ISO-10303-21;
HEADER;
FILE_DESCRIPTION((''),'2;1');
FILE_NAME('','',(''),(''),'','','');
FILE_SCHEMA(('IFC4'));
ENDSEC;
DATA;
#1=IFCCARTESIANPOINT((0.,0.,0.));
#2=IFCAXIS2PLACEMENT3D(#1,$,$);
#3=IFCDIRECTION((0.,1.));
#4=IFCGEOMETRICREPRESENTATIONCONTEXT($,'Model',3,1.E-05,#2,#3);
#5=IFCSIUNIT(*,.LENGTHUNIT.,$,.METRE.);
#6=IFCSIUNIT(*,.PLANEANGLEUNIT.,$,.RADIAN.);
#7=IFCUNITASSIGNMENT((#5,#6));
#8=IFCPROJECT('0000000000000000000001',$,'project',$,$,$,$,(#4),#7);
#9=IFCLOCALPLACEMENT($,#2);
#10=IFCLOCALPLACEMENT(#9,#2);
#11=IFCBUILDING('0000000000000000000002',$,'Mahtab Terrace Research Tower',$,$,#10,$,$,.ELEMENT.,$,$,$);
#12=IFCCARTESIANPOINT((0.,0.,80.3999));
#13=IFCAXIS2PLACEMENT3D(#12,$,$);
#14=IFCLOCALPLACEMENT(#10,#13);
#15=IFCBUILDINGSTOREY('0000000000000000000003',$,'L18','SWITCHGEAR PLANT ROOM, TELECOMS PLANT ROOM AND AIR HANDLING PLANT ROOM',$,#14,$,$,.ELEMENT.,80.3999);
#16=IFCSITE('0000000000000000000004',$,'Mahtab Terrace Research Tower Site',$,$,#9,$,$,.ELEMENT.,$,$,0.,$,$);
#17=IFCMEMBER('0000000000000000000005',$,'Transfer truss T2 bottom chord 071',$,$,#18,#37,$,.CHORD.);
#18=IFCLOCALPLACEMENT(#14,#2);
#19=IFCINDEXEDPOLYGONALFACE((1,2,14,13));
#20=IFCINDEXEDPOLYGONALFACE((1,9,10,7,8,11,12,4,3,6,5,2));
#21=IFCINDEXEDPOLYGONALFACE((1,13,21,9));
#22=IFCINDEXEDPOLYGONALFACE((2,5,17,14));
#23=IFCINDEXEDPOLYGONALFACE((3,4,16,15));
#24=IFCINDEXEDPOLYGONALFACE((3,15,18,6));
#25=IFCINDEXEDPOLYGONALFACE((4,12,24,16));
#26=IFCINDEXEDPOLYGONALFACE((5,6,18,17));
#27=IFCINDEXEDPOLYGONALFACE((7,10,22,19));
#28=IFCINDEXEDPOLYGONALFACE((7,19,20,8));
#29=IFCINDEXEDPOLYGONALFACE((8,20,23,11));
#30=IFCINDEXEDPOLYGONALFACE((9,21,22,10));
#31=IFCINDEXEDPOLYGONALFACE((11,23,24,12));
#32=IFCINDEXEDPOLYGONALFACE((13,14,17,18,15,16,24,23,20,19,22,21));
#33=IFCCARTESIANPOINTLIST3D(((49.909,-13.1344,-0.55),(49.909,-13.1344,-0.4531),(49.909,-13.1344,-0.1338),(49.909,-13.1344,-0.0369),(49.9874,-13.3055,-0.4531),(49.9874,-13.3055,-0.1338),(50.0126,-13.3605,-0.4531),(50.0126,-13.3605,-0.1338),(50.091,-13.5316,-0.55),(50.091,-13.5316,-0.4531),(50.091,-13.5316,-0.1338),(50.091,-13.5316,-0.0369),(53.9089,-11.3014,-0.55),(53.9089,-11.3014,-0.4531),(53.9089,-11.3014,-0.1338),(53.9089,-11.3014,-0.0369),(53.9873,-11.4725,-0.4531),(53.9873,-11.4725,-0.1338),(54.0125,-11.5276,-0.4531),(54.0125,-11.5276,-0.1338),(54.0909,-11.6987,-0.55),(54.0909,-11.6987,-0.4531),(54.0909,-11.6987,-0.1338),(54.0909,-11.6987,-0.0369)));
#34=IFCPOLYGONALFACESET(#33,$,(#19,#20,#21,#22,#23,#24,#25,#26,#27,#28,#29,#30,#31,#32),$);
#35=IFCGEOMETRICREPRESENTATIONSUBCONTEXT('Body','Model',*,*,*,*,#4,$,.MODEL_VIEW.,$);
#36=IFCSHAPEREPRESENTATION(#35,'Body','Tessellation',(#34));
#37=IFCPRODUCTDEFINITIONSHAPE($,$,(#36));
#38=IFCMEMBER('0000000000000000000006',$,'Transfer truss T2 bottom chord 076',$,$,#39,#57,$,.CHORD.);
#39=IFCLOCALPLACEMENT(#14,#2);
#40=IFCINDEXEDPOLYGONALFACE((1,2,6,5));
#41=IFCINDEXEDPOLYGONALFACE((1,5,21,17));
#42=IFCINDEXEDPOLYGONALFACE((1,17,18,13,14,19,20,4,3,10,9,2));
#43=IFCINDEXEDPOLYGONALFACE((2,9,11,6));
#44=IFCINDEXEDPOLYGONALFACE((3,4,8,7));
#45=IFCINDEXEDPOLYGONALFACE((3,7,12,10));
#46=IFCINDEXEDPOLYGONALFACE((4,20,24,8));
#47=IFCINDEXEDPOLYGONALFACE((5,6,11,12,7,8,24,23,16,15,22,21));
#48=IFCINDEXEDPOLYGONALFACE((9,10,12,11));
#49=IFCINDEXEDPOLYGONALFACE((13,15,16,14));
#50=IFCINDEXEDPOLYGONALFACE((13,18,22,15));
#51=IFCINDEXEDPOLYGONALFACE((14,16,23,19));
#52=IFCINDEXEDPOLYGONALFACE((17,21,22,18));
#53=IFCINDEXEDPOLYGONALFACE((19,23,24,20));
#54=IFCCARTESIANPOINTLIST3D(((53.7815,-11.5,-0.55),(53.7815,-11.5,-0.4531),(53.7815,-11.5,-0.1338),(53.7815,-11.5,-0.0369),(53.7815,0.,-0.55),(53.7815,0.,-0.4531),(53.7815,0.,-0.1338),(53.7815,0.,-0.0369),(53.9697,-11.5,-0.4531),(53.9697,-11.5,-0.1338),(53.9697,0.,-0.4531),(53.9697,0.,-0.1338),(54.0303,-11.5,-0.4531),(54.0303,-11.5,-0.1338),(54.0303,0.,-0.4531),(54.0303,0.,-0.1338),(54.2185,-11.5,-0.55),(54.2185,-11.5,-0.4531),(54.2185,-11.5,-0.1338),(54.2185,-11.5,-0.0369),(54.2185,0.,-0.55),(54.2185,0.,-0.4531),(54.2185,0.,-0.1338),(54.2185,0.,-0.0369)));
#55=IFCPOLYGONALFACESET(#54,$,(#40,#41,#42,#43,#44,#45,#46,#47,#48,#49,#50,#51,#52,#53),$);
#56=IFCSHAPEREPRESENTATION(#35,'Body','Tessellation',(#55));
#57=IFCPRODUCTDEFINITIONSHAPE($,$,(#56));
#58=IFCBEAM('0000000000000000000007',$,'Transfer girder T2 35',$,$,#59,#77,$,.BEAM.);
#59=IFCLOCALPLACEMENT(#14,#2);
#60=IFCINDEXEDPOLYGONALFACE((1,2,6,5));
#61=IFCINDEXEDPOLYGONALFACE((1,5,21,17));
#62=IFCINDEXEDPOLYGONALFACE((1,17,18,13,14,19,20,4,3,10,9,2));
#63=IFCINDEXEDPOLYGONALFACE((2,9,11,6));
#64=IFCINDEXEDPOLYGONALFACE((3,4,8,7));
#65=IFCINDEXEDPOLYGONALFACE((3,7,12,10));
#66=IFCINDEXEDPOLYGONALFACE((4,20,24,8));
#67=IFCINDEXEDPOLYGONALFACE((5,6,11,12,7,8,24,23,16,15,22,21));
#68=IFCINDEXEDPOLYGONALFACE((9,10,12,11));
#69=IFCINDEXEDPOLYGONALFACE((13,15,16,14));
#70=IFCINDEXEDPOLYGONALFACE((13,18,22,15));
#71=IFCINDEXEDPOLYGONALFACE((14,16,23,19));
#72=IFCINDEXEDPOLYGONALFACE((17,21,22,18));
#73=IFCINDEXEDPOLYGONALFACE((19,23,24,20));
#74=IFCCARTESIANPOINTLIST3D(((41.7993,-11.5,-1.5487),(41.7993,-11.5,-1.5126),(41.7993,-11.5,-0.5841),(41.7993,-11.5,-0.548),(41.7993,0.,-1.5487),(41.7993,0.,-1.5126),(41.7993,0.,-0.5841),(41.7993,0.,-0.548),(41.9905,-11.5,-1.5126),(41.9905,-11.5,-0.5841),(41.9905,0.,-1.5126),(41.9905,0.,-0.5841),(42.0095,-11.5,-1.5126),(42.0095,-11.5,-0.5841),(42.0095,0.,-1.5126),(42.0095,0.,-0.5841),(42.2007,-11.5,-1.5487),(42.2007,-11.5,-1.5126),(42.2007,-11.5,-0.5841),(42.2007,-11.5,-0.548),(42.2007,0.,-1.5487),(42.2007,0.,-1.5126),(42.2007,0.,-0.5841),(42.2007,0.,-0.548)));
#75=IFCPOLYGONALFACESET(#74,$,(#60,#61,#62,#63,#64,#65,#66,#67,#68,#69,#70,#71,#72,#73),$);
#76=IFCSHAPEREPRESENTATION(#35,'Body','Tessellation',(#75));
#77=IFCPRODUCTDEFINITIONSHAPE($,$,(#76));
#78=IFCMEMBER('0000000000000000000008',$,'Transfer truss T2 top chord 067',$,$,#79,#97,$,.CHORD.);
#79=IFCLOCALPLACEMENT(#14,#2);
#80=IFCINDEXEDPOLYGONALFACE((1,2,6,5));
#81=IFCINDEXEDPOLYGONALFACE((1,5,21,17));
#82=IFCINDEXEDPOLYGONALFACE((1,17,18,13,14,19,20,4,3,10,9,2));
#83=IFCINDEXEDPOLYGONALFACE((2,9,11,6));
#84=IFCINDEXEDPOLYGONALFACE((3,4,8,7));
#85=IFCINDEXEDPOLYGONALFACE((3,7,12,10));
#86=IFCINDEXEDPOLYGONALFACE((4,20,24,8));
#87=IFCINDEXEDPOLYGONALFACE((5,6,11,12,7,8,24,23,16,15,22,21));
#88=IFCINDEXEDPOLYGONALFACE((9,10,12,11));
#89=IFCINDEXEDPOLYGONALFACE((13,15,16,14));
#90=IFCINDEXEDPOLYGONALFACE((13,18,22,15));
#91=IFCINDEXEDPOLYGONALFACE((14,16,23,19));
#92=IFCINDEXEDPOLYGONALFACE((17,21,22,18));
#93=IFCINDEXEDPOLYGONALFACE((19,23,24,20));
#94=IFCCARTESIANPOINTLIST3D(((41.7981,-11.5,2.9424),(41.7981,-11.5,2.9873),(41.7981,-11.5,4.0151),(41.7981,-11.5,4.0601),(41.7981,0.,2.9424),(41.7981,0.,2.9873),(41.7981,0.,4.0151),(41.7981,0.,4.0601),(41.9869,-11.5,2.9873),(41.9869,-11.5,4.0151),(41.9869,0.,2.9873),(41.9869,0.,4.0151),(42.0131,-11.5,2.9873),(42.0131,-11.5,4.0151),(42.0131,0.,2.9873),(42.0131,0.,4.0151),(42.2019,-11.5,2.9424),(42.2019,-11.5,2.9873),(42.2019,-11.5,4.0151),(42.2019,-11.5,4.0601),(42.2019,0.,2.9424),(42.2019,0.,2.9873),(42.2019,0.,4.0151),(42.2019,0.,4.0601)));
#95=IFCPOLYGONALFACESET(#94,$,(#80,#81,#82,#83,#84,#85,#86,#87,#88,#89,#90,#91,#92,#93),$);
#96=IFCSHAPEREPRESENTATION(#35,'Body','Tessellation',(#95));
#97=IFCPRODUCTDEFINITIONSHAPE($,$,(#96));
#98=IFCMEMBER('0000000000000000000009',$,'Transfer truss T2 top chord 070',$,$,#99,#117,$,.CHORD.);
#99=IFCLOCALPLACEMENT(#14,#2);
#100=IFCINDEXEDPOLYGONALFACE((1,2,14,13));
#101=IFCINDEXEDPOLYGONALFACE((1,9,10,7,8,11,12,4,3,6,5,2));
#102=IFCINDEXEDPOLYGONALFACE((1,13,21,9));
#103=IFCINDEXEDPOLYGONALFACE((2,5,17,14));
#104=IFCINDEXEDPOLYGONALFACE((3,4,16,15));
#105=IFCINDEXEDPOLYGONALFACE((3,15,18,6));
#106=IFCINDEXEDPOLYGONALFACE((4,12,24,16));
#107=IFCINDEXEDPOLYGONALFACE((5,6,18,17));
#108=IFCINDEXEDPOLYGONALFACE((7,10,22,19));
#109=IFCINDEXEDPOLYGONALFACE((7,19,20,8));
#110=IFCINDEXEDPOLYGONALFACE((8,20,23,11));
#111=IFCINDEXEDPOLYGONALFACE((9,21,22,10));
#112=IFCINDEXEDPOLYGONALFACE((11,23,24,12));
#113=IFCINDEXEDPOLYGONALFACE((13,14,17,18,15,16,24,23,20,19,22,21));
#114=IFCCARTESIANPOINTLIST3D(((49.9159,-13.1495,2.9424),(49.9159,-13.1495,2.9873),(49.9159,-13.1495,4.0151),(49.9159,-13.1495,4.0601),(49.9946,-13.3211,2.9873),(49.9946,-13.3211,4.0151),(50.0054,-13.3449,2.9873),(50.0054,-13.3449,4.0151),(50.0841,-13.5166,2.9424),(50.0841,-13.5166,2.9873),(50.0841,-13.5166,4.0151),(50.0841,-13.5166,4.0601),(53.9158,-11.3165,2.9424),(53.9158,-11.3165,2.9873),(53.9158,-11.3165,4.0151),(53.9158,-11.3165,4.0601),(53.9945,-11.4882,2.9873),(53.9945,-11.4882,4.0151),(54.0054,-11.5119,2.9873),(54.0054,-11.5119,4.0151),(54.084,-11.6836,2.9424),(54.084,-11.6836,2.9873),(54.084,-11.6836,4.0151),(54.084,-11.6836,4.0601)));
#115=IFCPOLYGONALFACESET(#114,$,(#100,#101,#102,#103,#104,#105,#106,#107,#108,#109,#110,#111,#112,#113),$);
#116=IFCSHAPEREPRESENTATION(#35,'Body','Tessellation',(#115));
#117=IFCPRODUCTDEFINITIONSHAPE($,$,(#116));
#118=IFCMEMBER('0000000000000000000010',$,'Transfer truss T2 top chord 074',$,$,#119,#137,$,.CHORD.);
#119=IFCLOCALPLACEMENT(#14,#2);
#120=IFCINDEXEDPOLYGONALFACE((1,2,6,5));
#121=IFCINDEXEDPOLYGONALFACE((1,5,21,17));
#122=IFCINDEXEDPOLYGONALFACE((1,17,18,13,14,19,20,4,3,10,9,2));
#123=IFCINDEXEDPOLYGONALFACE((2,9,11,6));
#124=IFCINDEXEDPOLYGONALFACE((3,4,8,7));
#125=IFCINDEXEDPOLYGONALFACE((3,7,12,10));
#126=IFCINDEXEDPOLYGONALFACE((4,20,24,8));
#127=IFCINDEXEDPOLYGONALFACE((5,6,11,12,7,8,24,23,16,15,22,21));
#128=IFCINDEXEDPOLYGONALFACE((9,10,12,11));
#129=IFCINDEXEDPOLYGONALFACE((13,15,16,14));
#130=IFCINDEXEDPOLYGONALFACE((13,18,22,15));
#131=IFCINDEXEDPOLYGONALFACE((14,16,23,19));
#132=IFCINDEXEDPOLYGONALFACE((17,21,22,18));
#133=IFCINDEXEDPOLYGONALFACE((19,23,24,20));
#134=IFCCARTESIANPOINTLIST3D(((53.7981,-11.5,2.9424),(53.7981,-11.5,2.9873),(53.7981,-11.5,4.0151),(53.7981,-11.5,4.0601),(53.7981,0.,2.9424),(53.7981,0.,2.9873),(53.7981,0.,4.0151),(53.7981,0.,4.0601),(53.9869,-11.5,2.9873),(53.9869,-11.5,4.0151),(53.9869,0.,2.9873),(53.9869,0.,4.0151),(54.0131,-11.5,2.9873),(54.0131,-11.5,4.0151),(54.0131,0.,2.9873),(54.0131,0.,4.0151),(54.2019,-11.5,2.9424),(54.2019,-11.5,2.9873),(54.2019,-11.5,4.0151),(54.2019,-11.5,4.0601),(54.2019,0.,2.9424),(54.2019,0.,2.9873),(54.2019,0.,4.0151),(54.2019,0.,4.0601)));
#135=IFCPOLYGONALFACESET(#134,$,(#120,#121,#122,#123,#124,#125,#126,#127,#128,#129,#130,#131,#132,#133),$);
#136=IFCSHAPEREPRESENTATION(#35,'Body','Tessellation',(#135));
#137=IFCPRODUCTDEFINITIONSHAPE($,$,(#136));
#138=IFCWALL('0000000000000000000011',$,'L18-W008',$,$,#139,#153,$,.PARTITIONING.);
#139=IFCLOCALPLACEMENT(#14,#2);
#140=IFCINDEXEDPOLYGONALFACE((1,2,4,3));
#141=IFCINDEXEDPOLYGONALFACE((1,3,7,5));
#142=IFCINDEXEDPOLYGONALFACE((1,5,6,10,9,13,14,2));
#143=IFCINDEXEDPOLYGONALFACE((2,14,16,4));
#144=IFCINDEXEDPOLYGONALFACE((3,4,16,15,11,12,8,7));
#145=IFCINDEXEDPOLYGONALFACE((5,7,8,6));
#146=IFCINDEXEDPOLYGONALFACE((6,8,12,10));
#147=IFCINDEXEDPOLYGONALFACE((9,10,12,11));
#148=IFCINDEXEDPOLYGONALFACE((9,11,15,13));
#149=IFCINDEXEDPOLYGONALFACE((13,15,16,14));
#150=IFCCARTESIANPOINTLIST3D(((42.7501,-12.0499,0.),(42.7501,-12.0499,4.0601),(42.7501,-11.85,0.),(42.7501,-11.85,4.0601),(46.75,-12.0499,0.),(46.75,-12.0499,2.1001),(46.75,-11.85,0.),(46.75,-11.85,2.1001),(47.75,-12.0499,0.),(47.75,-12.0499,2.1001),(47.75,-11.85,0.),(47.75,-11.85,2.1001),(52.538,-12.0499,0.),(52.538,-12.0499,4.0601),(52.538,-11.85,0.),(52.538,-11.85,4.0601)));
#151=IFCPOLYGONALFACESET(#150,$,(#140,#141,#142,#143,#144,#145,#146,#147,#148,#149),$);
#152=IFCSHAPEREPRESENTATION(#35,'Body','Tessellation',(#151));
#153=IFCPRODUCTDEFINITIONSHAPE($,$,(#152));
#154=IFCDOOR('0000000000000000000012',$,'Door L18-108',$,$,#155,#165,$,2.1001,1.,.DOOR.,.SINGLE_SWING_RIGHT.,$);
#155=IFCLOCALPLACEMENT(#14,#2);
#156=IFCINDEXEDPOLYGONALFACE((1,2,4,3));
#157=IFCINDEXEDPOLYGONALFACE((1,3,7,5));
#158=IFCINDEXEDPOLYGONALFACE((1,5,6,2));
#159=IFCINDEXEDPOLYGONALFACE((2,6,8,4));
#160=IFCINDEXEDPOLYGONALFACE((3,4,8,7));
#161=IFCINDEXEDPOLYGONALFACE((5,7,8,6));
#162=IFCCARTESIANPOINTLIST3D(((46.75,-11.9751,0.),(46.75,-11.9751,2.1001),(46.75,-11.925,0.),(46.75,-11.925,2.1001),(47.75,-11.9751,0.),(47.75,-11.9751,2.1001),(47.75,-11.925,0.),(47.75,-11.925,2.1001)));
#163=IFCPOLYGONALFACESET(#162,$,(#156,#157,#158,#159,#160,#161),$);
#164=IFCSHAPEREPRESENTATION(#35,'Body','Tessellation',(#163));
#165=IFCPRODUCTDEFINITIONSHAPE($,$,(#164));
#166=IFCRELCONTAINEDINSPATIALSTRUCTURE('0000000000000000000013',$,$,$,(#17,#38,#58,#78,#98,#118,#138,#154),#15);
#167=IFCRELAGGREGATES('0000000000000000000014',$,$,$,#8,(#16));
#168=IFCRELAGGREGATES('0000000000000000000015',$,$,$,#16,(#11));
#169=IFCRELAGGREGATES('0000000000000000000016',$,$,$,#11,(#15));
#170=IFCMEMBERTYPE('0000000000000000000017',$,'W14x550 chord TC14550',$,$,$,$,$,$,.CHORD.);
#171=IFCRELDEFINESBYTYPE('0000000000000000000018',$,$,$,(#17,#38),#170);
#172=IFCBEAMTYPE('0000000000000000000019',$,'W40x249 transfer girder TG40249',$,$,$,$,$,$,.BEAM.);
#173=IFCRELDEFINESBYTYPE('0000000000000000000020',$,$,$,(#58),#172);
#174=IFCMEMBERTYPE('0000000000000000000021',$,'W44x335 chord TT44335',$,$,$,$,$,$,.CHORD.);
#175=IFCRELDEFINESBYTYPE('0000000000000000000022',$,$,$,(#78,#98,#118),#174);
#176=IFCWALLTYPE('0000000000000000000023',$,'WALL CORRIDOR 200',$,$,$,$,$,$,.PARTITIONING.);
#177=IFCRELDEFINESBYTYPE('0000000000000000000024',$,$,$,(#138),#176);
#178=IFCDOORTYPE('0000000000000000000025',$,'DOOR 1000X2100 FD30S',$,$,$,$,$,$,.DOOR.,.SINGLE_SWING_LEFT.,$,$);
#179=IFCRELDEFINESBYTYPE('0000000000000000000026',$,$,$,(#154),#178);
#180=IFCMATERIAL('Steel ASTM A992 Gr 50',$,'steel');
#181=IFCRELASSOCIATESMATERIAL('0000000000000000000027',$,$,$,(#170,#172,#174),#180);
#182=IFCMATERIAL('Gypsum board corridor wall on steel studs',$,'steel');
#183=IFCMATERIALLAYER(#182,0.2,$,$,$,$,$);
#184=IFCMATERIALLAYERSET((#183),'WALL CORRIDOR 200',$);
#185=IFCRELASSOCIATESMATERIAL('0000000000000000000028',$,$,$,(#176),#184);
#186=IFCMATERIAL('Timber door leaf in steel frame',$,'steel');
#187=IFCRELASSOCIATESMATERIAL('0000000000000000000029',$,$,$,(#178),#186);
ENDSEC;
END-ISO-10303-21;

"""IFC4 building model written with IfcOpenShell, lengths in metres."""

from ifc_helpers import new_model, si_unit, direction, frame, frame_2d, origin, origin_2d, place, context, subcontext, project, spatial, rectangle, i_section, extrude, material, layer, layer_set, material_profile, profile_set, type_object, element, fill, save


model = new_model("IFC4")

# Units and contexts
model_context = context("Model", 3, precision=1e-05, world=origin(), true_north=direction((0.0, 1.0)))
body_context = subcontext(model_context, "Body", "Model", "MODEL_VIEW")
ifc_project = project(units=[si_unit("LENGTHUNIT", "METRE"), si_unit("PLANEANGLEUNIT", "RADIAN")], contexts=[model_context])

# Site, building, storey
site_placement = place(None, origin())
site = spatial("IfcSite", under=ifc_project, at=site_placement, Name="Mahtab Terrace Research Tower Site", CompositionType="ELEMENT", RefElevation=0.0)
building_placement = place(site_placement, origin())
building = spatial("IfcBuilding", under=site, at=building_placement, Name="Mahtab Terrace Research Tower", CompositionType="ELEMENT")
storey_placement = place(building_placement, frame((0.0, 0.0, 80.3999)))
storey = spatial("IfcBuildingStorey", under=building, at=storey_placement, Name="L18", Description="SWITCHGEAR PLANT ROOM, TELECOMS PLANT ROOM AND AIR HANDLING PLANT ROOM", CompositionType="ELEMENT", Elevation=80.3999)

# Shared definitions
ifc_material_1 = material(Name="Steel ASTM A992 Gr 50", Category="steel")

# Members
ifc_material_profile_1 = material_profile(ifc_material_1, i_section(OverallWidth=0.437, OverallDepth=0.5132, WebThickness=0.0605, FlangeThickness=0.0969, at=origin_2d()), Name="W14X550")
ifc_profile_set_1 = profile_set([ifc_material_profile_1], Name="Steel ASTM A992 Gr 50")
member_type_1 = type_object("IfcMemberType", Name="W14x550 chord TC14550", PredefinedType="CHORD", material=ifc_profile_set_1)
member_1_placement = place(storey_placement, frame((50.0, -13.333, -0.2935), z_axis=(0.909093, 0.416594, 0.0), x_axis=(-0.416594, 0.909093, 0.0)))
element("IfcMember", 1, at=member_1_placement, inside=storey, type_object=member_type_1, Name="Transfer truss T2 bottom chord 071", PredefinedType="CHORD", context=body_context, shape_type="SweptSolid", body=[
    extrude(i_section(OverallWidth=0.437, OverallDepth=0.5132, WebThickness=0.0605, FlangeThickness=0.0969, at=origin_2d()), origin(), (0.0, 0.0, 1.0), 4.3999),
])
member_2_placement = place(storey_placement, frame((54.0, -11.5, -0.2935), z_axis=(0.0, 1.0, 0.0), x_axis=(-1.0, 0.0, 0.0)))
element("IfcMember", 2, at=member_2_placement, inside=storey, type_object=member_type_1, Name="Transfer truss T2 bottom chord 076", PredefinedType="CHORD", context=body_context, shape_type="SweptSolid", body=[
    extrude(i_section(OverallWidth=0.437, OverallDepth=0.5132, WebThickness=0.0605, FlangeThickness=0.0969, at=origin_2d()), origin(), (0.0, 0.0, 1.0), 11.5),
])

# Beam
ifc_material_profile_2 = material_profile(ifc_material_1, i_section(OverallWidth=0.4014, OverallDepth=1.0007, WebThickness=0.019, FlangeThickness=0.0361, at=origin_2d()), Name="W40X249")
ifc_profile_set_2 = profile_set([ifc_material_profile_2], Name="Steel ASTM A992 Gr 50")
beam_type = type_object("IfcBeamType", Name="W40x249 transfer girder TG40249", PredefinedType="BEAM", material=ifc_profile_set_2)
beam_placement = place(storey_placement, frame((42.0, -11.5, -1.0483), z_axis=(0.0, 1.0, 0.0), x_axis=(-1.0, 0.0, 0.0)))
element("IfcBeam", 3, at=beam_placement, inside=storey, type_object=beam_type, Name="Transfer girder T2 35", PredefinedType="BEAM", context=body_context, shape_type="SweptSolid", body=[
    extrude(i_section(OverallWidth=0.4014, OverallDepth=1.0007, WebThickness=0.019, FlangeThickness=0.0361, at=origin_2d()), origin(), (0.0, 0.0, 1.0), 11.5),
])

# Members
ifc_material_profile_3 = material_profile(ifc_material_1, i_section(OverallWidth=0.4038, OverallDepth=1.1177, WebThickness=0.0261, FlangeThickness=0.0449, at=origin_2d()), Name="W44X335")
ifc_profile_set_3 = profile_set([ifc_material_profile_3], Name="Steel ASTM A992 Gr 50")
member_type_2 = type_object("IfcMemberType", Name="W44x335 chord TT44335", PredefinedType="CHORD", material=ifc_profile_set_3)
member_3_placement = place(storey_placement, frame((42.0, -11.5, 3.5012), z_axis=(0.0, 1.0, 0.0), x_axis=(-1.0, 0.0, 0.0)))
element("IfcMember", 4, at=member_3_placement, inside=storey, type_object=member_type_2, Name="Transfer truss T2 top chord 067", PredefinedType="CHORD", context=body_context, shape_type="SweptSolid", body=[
    extrude(i_section(OverallWidth=0.4038, OverallDepth=1.1177, WebThickness=0.0261, FlangeThickness=0.0449, at=origin_2d()), origin(), (0.0, 0.0, 1.0), 11.5),
])
member_4_placement = place(storey_placement, frame((50.0, -13.333, 3.5012), z_axis=(0.909093, 0.416594, 0.0), x_axis=(-0.416594, 0.909093, 0.0)))
element("IfcMember", 5, at=member_4_placement, inside=storey, type_object=member_type_2, Name="Transfer truss T2 top chord 070", PredefinedType="CHORD", context=body_context, shape_type="SweptSolid", body=[
    extrude(i_section(OverallWidth=0.4038, OverallDepth=1.1177, WebThickness=0.0261, FlangeThickness=0.0449, at=origin_2d()), origin(), (0.0, 0.0, 1.0), 4.3999),
])
member_5_placement = place(storey_placement, frame((54.0, -11.5, 3.5012), z_axis=(0.0, 1.0, 0.0), x_axis=(-1.0, 0.0, 0.0)))
element("IfcMember", 6, at=member_5_placement, inside=storey, type_object=member_type_2, Name="Transfer truss T2 top chord 074", PredefinedType="CHORD", context=body_context, shape_type="SweptSolid", body=[
    extrude(i_section(OverallWidth=0.4038, OverallDepth=1.1177, WebThickness=0.0261, FlangeThickness=0.0449, at=origin_2d()), origin(), (0.0, 0.0, 1.0), 11.5),
])

# Wall, opening, door
ifc_material_2 = material(Name="Gypsum board corridor wall on steel studs", Category="steel")
ifc_layer_1 = layer(ifc_material_2, 0.2)
ifc_layer_set_1 = layer_set([ifc_layer_1], Name="WALL CORRIDOR 200")
wall_type_1 = type_object("IfcWallType", Name="WALL CORRIDOR 200", PredefinedType="PARTITIONING", material=ifc_layer_set_1)
wall_1_placement = place(storey_placement, frame((42.75, -11.95, 0.0), z_axis=(0.0, 0.0, 1.0), x_axis=(1.0, 0.0, 0.0)))
wall_1 = element("IfcWall", 7, at=wall_1_placement, inside=storey, type_object=wall_type_1, Name="L18-W008", PredefinedType="PARTITIONING", context=body_context, shape_type="SweptSolid", body=[
    extrude(rectangle(XDim=9.7878, YDim=0.2, at=frame_2d((4.894, 0.0))), origin(), (0.0, 0.0, 1.0), 4.0601),
])
opening_1_placement = place(wall_1_placement, frame((4.0, 0.0, 0.0)))
opening_1 = element("IfcOpeningElement", 8, at=opening_1_placement, cuts=wall_1, PredefinedType="OPENING", context=body_context, shape_type="SweptSolid", body=[
    extrude(rectangle(XDim=1.0, YDim=2.1001, at=frame_2d((0.5, 1.05))), frame((0.0, 0.1099, 0.0), z_axis=(0.0, -1.0, 0.0), x_axis=(1.0, 0.0, 0.0)), (0.0, 0.0, 1.0), 0.22),
])
ifc_material_3 = material(Name="Timber door leaf in steel frame", Category="steel")
door_type = type_object("IfcDoorType", Name="DOOR 1000X2100 FD30S", OperationType="SINGLE_SWING_LEFT", PredefinedType="DOOR", material=ifc_material_3)
door_1_placement = place(opening_1_placement, origin())
door_1 = element("IfcDoor", 9, at=door_1_placement, inside=storey, type_object=door_type, Name="Door L18-108", OperationType="SINGLE_SWING_RIGHT", OverallHeight=2.1001, OverallWidth=1.0, PredefinedType="DOOR", context=body_context, shape_type="SweptSolid", body=[
    extrude(rectangle(XDim=1.0, YDim=2.1001, at=frame_2d((0.5, 1.05))), frame((0.0, 0.0249, 0.0), z_axis=(0.0, -1.0, 0.0), x_axis=(1.0, 0.0, 0.0)), (0.0, 0.0, 1.0), 0.05),
])
fill(opening_1, door_1)

save(model, "model.ifc")
